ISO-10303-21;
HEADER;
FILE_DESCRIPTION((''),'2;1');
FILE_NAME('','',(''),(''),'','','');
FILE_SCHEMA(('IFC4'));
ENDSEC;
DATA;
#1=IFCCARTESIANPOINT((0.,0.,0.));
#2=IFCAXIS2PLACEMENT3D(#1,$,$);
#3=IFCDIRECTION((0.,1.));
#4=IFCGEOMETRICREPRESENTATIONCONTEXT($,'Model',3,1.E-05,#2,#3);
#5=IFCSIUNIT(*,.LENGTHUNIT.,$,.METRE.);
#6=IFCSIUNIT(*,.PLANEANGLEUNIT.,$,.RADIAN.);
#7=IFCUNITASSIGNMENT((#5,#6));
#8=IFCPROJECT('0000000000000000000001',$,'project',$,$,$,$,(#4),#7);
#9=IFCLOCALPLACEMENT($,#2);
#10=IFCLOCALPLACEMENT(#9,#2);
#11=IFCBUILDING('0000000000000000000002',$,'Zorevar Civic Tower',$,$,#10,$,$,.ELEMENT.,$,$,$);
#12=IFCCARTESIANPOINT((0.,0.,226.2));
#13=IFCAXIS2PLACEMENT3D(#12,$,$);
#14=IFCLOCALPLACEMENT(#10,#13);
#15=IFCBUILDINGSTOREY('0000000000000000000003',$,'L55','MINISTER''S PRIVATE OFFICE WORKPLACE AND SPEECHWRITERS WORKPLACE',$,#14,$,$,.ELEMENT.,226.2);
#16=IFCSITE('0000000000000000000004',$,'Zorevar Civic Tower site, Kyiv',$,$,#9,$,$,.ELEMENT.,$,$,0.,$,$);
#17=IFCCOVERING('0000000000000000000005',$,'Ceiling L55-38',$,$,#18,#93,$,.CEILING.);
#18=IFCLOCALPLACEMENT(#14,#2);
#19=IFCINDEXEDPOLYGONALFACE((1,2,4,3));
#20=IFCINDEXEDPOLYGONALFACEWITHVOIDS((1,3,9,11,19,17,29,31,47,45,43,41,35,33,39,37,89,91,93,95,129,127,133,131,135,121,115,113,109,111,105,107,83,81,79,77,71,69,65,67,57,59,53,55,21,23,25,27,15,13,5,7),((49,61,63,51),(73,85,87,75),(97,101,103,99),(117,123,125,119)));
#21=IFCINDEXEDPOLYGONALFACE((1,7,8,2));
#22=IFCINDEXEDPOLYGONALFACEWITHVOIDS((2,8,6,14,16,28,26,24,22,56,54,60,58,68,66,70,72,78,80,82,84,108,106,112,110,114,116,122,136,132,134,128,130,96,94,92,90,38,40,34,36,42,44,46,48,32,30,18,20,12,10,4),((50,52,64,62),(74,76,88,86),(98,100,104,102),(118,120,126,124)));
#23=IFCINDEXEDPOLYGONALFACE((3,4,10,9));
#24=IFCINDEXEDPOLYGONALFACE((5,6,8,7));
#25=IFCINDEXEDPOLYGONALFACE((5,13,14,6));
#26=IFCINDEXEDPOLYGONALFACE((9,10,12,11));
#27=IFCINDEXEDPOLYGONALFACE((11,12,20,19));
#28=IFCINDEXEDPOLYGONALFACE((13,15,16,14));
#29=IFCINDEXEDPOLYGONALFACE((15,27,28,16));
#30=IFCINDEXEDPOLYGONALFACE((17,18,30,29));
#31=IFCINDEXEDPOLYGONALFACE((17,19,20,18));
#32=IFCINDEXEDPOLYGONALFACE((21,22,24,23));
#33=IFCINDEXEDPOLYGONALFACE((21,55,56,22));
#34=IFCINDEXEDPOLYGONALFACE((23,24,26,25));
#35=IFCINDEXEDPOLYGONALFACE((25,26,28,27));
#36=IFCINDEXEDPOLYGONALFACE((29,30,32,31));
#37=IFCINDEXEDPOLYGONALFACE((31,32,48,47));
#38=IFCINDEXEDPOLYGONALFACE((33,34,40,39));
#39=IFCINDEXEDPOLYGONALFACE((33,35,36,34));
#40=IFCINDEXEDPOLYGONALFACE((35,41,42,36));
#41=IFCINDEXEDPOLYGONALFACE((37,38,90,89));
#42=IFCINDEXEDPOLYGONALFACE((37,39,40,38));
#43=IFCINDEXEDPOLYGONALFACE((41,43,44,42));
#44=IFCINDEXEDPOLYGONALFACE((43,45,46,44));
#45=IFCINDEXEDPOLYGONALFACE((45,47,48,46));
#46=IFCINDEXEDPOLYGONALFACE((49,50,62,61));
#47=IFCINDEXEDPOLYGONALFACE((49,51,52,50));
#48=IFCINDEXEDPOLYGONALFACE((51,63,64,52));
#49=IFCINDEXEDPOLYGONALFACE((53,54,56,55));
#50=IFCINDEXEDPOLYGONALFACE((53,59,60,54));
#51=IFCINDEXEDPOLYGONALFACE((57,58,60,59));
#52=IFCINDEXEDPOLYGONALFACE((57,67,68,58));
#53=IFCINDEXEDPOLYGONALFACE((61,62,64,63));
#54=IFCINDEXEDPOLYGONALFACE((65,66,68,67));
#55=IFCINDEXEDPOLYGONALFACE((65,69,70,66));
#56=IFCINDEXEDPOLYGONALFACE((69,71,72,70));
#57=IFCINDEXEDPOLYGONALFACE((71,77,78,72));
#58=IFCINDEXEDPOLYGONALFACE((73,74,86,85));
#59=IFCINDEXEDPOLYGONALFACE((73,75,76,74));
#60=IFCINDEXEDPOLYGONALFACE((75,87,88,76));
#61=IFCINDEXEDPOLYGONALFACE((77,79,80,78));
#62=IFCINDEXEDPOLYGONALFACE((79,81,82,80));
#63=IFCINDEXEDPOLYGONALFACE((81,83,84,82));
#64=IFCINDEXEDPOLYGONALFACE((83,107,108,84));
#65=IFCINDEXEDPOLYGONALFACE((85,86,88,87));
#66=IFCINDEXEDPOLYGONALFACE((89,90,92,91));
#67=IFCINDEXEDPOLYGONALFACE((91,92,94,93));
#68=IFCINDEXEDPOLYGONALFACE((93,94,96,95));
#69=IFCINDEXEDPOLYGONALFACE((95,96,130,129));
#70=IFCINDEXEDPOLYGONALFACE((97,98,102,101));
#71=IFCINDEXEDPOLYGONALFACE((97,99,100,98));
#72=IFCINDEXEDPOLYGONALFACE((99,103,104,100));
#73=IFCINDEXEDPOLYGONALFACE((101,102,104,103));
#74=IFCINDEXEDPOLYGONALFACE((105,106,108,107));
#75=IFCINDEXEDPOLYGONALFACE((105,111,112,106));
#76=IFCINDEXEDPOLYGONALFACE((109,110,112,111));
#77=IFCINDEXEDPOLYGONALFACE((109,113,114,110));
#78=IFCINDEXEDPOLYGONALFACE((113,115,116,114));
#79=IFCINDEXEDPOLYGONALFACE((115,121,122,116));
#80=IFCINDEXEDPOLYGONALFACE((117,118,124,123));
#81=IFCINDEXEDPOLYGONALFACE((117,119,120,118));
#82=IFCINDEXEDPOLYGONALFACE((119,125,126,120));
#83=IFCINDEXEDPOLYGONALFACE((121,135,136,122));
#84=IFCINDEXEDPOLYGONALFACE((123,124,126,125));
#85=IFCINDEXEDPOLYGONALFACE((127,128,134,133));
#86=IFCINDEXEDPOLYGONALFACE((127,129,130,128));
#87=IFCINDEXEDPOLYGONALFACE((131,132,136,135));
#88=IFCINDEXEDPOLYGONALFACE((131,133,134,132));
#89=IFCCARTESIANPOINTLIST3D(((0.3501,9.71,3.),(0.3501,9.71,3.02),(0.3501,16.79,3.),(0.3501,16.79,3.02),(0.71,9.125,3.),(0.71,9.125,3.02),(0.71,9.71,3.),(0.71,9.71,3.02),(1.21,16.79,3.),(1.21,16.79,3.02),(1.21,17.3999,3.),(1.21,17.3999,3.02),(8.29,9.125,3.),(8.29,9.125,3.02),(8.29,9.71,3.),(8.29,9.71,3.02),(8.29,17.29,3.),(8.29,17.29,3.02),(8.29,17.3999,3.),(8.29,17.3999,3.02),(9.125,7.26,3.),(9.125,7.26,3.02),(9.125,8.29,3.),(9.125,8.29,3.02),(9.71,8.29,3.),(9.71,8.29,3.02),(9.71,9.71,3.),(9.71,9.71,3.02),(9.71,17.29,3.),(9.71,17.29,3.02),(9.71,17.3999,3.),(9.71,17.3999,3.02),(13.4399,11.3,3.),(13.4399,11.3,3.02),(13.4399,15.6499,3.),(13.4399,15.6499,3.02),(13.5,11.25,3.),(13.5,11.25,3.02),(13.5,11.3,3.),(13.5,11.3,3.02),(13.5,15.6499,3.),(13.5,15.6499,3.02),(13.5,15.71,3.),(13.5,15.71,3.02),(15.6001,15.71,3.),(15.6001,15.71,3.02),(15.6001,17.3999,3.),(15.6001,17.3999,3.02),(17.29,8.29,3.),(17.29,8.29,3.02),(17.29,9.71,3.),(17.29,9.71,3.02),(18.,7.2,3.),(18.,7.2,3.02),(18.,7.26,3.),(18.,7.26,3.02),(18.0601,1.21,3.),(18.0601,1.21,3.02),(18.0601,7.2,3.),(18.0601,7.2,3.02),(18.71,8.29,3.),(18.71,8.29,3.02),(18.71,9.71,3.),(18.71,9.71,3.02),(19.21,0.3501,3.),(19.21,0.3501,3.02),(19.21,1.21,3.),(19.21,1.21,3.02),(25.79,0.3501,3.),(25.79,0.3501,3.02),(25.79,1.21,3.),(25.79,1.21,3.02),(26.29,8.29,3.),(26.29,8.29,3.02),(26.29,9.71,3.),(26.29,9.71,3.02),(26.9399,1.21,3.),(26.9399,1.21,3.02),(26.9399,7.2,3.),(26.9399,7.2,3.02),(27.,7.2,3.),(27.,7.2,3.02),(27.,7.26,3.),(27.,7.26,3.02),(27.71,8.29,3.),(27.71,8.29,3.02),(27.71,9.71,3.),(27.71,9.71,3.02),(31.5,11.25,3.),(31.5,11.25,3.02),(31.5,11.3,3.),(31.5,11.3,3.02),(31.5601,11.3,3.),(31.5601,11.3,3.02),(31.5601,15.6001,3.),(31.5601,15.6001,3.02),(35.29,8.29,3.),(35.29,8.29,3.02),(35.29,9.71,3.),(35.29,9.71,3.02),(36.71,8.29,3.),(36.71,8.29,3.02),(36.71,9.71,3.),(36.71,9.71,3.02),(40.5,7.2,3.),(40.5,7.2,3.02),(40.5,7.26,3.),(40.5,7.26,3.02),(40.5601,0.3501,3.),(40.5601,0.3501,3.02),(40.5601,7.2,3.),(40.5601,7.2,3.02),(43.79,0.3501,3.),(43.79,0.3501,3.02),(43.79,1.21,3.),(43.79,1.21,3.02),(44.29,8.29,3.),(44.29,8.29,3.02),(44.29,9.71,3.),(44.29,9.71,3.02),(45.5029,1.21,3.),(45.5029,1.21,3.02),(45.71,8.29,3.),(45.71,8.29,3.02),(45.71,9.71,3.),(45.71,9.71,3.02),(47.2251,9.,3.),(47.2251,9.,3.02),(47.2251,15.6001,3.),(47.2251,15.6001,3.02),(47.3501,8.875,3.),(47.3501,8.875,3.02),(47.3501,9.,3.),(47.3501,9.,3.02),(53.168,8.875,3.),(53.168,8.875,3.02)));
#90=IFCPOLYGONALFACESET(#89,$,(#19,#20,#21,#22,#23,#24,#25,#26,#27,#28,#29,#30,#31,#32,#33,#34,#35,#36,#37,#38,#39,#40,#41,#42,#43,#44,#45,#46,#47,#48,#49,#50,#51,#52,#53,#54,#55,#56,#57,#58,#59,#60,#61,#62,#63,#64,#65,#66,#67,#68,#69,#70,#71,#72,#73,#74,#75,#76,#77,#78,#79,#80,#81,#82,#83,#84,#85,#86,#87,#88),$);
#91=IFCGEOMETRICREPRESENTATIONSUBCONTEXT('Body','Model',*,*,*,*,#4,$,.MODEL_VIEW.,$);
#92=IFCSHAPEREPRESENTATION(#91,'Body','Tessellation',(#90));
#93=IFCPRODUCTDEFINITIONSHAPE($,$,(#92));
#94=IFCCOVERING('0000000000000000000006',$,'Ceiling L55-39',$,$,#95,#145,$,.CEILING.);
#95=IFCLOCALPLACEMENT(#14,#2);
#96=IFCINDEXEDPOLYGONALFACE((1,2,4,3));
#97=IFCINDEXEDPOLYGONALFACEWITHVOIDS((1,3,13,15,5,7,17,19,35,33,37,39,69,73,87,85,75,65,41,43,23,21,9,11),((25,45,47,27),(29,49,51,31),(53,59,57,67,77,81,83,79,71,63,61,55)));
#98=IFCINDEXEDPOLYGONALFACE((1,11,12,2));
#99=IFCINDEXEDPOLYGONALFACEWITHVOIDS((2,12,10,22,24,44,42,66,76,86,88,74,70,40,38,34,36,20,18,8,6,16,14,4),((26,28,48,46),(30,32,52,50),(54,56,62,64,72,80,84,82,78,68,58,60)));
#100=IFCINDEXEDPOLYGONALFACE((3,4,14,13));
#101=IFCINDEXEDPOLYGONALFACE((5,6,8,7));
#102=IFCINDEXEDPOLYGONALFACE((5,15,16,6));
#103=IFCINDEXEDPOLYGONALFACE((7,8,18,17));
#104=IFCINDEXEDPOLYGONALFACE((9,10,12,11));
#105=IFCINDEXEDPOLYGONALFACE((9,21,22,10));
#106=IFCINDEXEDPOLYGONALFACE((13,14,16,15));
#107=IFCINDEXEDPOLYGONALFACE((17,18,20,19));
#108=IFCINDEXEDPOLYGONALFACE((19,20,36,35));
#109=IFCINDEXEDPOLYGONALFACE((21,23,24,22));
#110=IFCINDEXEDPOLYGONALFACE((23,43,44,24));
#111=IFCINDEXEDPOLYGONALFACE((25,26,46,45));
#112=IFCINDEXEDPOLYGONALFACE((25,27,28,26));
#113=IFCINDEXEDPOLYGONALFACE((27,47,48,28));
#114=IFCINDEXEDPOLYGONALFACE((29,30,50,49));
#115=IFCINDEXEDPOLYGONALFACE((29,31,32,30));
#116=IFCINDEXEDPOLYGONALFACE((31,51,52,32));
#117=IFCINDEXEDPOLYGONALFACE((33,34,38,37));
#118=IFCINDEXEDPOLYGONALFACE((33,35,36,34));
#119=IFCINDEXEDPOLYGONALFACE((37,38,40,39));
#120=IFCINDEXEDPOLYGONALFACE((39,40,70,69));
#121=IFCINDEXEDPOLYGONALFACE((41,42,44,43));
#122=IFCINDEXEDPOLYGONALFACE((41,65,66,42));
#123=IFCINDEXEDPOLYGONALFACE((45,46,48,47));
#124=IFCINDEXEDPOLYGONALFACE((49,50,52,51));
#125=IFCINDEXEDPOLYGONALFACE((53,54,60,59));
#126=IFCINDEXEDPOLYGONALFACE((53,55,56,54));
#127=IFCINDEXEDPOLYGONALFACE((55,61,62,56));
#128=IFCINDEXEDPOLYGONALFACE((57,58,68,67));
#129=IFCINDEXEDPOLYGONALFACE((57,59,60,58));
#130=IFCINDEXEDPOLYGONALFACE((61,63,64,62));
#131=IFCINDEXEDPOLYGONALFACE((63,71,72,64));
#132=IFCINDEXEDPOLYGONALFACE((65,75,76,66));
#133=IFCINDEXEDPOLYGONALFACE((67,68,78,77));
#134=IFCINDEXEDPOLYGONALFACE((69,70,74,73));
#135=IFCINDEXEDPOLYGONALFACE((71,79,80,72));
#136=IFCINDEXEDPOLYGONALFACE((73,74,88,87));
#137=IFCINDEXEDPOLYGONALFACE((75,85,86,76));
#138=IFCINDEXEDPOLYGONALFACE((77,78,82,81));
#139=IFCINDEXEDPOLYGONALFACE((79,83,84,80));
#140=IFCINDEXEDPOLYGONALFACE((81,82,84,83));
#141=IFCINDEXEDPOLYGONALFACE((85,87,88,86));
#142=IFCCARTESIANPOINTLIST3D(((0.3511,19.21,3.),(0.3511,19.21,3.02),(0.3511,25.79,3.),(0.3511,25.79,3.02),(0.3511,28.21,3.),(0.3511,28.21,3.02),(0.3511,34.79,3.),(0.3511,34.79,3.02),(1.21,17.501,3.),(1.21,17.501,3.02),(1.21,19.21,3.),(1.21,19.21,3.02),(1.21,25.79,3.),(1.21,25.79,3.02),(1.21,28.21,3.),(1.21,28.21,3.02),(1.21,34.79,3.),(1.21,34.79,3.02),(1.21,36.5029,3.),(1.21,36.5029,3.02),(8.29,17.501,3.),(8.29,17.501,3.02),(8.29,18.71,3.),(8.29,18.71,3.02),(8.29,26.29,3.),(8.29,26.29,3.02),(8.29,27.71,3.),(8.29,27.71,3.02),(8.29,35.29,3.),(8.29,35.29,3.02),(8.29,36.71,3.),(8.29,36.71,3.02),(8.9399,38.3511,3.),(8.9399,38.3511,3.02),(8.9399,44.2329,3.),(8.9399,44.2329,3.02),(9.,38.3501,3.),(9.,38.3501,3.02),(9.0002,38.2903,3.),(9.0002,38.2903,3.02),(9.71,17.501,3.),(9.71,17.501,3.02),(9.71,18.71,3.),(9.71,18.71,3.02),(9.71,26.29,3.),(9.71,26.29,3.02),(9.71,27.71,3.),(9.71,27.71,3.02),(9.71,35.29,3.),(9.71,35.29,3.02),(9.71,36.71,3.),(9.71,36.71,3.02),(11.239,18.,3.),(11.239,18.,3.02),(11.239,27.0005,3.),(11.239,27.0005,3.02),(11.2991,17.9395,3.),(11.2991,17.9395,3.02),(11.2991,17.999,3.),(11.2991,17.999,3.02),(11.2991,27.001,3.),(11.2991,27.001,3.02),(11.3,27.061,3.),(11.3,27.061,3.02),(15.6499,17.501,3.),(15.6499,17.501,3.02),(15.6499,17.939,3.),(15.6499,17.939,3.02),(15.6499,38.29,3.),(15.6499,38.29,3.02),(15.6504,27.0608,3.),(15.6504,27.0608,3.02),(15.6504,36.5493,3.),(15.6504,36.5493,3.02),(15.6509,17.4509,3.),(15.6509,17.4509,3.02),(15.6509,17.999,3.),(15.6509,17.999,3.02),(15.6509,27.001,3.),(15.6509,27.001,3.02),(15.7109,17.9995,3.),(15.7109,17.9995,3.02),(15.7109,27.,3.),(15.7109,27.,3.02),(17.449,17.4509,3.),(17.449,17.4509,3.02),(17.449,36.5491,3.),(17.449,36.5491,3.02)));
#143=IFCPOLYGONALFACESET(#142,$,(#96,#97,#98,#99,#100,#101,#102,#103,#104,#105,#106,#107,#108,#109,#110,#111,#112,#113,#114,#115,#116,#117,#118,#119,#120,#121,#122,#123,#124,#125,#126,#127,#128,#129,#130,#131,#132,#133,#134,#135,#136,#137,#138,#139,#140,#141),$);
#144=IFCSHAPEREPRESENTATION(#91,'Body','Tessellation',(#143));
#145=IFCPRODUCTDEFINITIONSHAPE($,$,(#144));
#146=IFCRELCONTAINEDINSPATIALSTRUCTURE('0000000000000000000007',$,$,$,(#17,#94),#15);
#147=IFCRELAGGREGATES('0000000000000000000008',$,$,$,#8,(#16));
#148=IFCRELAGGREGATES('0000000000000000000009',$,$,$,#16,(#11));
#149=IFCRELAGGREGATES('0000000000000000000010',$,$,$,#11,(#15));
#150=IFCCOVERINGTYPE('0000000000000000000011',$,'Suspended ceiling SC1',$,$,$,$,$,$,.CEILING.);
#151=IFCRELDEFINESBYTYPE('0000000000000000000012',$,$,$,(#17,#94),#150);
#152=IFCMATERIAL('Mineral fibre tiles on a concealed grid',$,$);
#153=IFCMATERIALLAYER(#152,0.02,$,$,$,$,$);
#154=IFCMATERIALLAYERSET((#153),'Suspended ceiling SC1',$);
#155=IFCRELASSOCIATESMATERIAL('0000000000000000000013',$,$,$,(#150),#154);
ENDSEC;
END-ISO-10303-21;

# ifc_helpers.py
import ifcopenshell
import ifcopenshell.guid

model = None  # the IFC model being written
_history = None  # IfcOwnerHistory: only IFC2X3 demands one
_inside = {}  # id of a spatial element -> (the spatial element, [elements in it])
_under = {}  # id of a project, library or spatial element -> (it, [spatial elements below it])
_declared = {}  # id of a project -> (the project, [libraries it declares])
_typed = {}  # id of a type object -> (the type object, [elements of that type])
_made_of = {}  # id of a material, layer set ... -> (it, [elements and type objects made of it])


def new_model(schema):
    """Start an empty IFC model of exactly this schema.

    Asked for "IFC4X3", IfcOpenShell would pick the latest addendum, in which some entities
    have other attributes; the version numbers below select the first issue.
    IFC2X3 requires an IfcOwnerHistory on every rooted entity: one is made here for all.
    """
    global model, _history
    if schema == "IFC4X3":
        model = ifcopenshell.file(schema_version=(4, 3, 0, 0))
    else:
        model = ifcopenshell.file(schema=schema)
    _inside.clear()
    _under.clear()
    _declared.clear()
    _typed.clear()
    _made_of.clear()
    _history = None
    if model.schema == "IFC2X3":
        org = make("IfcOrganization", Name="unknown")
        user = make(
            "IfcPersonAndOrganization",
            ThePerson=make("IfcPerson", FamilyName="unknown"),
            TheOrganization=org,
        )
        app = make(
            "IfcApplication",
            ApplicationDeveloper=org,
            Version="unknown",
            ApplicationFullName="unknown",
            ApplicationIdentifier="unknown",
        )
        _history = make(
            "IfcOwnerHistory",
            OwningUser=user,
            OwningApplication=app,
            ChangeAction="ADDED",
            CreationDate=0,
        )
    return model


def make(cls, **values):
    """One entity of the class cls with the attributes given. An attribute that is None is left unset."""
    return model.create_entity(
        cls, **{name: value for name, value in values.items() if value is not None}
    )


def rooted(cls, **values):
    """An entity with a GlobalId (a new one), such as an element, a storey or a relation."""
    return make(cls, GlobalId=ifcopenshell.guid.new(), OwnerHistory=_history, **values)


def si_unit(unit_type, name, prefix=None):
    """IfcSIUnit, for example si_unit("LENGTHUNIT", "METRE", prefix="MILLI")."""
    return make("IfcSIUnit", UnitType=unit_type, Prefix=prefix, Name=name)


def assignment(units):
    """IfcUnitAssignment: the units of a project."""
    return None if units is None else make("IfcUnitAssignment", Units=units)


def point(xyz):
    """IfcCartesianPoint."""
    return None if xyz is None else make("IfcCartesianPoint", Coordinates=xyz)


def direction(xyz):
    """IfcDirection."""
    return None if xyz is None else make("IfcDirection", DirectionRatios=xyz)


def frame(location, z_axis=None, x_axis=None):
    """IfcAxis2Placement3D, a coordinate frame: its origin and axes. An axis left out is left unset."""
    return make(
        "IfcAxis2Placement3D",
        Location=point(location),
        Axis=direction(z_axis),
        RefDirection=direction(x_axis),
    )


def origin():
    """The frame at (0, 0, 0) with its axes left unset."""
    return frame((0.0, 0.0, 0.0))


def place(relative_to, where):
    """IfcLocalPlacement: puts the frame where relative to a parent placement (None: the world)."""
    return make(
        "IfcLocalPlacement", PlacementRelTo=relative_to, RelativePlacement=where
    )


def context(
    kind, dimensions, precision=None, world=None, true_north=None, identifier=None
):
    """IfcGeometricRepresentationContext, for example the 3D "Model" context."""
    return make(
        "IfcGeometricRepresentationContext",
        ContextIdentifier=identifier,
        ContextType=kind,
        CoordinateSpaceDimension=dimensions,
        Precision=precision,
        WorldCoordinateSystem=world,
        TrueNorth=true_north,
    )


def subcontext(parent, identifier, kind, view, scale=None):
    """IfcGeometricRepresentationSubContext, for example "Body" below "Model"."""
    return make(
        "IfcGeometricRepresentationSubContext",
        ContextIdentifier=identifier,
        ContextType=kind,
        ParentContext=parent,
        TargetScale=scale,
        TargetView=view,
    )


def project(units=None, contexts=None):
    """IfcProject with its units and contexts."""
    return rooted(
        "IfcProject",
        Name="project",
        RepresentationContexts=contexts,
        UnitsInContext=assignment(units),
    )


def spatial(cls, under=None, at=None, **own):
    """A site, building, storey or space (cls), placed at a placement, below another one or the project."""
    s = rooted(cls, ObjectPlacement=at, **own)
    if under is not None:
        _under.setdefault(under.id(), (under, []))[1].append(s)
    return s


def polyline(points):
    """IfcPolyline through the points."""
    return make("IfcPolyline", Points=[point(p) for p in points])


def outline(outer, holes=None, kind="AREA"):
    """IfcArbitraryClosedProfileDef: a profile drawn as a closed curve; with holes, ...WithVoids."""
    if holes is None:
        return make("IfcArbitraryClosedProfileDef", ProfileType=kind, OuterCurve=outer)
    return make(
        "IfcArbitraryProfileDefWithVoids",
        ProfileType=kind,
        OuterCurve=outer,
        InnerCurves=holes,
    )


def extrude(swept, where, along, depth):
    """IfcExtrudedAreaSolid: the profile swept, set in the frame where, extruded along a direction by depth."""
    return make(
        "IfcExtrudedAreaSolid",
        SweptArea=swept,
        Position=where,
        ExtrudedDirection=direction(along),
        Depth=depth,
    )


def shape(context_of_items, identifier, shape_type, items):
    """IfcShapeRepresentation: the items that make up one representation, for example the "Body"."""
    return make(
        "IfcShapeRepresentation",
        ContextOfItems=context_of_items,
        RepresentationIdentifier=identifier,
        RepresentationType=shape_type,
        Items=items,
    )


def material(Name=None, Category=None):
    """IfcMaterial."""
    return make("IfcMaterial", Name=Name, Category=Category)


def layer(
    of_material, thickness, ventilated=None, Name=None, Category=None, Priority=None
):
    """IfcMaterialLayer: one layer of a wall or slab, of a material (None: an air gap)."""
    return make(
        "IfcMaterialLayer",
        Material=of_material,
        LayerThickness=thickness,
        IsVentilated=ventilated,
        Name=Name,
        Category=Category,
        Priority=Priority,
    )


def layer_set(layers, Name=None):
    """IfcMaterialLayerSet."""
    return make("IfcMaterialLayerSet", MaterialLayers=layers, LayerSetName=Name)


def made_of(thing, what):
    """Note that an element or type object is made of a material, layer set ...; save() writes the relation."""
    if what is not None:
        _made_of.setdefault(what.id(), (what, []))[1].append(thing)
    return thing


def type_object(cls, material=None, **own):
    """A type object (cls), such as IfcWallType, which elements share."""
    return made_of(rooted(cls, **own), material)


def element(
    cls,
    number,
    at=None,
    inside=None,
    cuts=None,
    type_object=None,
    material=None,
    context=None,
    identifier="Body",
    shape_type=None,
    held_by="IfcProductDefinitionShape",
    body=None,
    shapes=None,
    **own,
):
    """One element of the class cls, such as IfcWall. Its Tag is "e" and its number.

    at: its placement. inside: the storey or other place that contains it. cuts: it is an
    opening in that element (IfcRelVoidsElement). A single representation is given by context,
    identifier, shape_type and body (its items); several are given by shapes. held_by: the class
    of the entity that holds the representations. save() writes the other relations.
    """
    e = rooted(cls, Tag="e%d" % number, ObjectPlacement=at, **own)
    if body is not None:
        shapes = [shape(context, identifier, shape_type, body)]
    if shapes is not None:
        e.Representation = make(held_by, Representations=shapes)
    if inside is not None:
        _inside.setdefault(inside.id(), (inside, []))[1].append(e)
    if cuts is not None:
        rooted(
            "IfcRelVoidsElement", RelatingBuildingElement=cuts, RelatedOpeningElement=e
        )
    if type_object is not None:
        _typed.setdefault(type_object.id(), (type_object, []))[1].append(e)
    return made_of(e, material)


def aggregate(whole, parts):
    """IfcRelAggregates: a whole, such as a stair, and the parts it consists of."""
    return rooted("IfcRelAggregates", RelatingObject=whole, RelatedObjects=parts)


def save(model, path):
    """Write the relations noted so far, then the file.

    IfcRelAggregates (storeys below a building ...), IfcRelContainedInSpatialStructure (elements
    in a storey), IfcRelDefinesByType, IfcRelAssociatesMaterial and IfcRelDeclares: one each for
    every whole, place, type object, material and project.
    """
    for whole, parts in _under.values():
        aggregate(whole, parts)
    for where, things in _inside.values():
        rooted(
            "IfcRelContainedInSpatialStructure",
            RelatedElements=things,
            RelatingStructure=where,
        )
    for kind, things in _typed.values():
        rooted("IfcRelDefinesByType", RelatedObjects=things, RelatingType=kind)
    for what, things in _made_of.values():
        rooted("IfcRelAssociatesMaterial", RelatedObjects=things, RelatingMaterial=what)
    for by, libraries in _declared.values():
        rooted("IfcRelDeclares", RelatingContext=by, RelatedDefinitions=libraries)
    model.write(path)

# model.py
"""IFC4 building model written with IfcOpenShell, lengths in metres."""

from ifc_helpers import new_model, si_unit, direction, frame, origin, place, context, subcontext, project, spatial, polyline, outline, extrude, material, layer, layer_set, type_object, element, save


model = new_model("IFC4")

# Units and contexts
model_context = context("Model", 3, precision=1e-05, world=origin(), true_north=direction((0.0, 1.0)))
body_context = subcontext(model_context, "Body", "Model", "MODEL_VIEW")
ifc_project = project(units=[si_unit("LENGTHUNIT", "METRE"), si_unit("PLANEANGLEUNIT", "RADIAN")], contexts=[model_context])

# Site, building, storey
site_placement = place(None, origin())
site = spatial("IfcSite", under=ifc_project, at=site_placement, Name="Zorevar Civic Tower site, Kyiv", CompositionType="ELEMENT", RefElevation=0.0)
building_placement = place(site_placement, origin())
building = spatial("IfcBuilding", under=site, at=building_placement, Name="Zorevar Civic Tower", CompositionType="ELEMENT")
storey_placement = place(building_placement, frame((0.0, 0.0, 226.2)))
storey = spatial("IfcBuildingStorey", under=building, at=storey_placement, Name="L55", Description="MINISTER'S PRIVATE OFFICE WORKPLACE AND SPEECHWRITERS WORKPLACE", CompositionType="ELEMENT", Elevation=226.2)

# Coverings
ifc_material_1 = material(Name="Mineral fibre tiles on a concealed grid")
ifc_layer_1 = layer(ifc_material_1, 0.02)
ifc_layer_set_1 = layer_set([ifc_layer_1], Name="Suspended ceiling SC1")
covering_type_1 = type_object("IfcCoveringType", Name="Suspended ceiling SC1", PredefinedType="CEILING", material=ifc_layer_set_1)
covering_1_placement = place(storey_placement, frame((0.0, 0.0, 3.0)))
element("IfcCovering", 1, at=covering_1_placement, inside=storey, type_object=covering_type_1, Name="Ceiling L55-38", PredefinedType="CEILING", context=body_context, shape_type="SweptSolid", body=[
    extrude(outline(polyline([(0.3501, 16.79), (1.21, 16.79), (1.21, 17.3999), (8.29, 17.3999), (8.29, 17.29), (9.71, 17.29), (9.71, 17.3999), (15.6001, 17.3999), (15.6001, 15.71), (13.5, 15.71), (13.5, 15.6499), (13.4399, 15.6499), (13.4399, 11.3), (13.5, 11.3), (13.5, 11.25), (31.5, 11.25), (31.5, 11.3), (31.5601, 11.3), (31.5601, 15.6001), (47.2251, 15.6001), (47.2251, 9.0), (47.3501, 9.0), (47.3501, 8.875), (53.168, 8.875), (45.5029, 1.21), (43.79, 1.21), (43.79, 0.3501), (40.5601, 0.3501), (40.5601, 7.2), (40.5, 7.2), (40.5, 7.26), (27.0, 7.26), (27.0, 7.2), (26.9399, 7.2), (26.9399, 1.21), (25.79, 1.21), (25.79, 0.3501), (19.21, 0.3501), (19.21, 1.21), (18.0601, 1.21), (18.0601, 7.2), (18.0, 7.2), (18.0, 7.26), (9.125, 7.26), (9.125, 8.29), (9.71, 8.29), (9.71, 9.71), (8.29, 9.71), (8.29, 9.125), (0.71, 9.125), (0.71, 9.71), (0.3501, 9.71), (0.3501, 16.79)]), holes=[polyline([(18.71, 8.29), (18.71, 9.71), (17.29, 9.71), (17.29, 8.29), (18.71, 8.29)]), polyline([(26.29, 9.71), (26.29, 8.29), (27.71, 8.29), (27.71, 9.71), (26.29, 9.71)]), polyline([(36.71, 9.71), (35.29, 9.71), (35.29, 8.29), (36.71, 8.29), (36.71, 9.71)]), polyline([(44.29, 8.29), (45.71, 8.29), (45.71, 9.71), (44.29, 9.71), (44.29, 8.29)])]), origin(), (0.0, 0.0, 1.0), 0.02),
])
covering_2_placement = place(storey_placement, frame((0.0, 0.0, 3.0)))
element("IfcCovering", 2, at=covering_2_placement, inside=storey, type_object=covering_type_1, Name="Ceiling L55-39", PredefinedType="CEILING", context=body_context, shape_type="SweptSolid", body=[
    extrude(outline(polyline([(8.9399, 38.3511), (9.0, 38.3501), (9.0002, 38.2903), (15.6499, 38.29), (15.6504, 36.5493), (17.449, 36.5491), (17.449, 17.4509), (15.6509, 17.4509), (15.6499, 17.501), (9.71, 17.501), (9.71, 18.71), (8.29, 18.71), (8.29, 17.501), (1.21, 17.501), (1.21, 19.21), (0.3511, 19.21), (0.3511, 25.79), (1.21, 25.79), (1.21, 28.21), (0.3511, 28.21), (0.3511, 34.79), (1.21, 34.79), (1.21, 36.5029), (8.9399, 44.2329), (8.9399, 38.3511)]), holes=[polyline([(11.2991, 27.001), (11.239, 27.0005), (11.239, 18.0), (11.2991, 17.999), (11.2991, 17.9395), (15.6499, 17.939), (15.6509, 17.999), (15.7109, 17.9995), (15.7109, 27.0), (15.6509, 27.001), (15.6504, 27.0608), (11.3, 27.061), (11.2991, 27.001)]), polyline([(9.71, 26.29), (9.71, 27.71), (8.29, 27.71), (8.29, 26.29), (9.71, 26.29)]), polyline([(8.29, 35.29), (9.71, 35.29), (9.71, 36.71), (8.29, 36.71), (8.29, 35.29)])]), origin(), (0.0, 0.0, 1.0), 0.02),
])

save(model, "model.ifc")
